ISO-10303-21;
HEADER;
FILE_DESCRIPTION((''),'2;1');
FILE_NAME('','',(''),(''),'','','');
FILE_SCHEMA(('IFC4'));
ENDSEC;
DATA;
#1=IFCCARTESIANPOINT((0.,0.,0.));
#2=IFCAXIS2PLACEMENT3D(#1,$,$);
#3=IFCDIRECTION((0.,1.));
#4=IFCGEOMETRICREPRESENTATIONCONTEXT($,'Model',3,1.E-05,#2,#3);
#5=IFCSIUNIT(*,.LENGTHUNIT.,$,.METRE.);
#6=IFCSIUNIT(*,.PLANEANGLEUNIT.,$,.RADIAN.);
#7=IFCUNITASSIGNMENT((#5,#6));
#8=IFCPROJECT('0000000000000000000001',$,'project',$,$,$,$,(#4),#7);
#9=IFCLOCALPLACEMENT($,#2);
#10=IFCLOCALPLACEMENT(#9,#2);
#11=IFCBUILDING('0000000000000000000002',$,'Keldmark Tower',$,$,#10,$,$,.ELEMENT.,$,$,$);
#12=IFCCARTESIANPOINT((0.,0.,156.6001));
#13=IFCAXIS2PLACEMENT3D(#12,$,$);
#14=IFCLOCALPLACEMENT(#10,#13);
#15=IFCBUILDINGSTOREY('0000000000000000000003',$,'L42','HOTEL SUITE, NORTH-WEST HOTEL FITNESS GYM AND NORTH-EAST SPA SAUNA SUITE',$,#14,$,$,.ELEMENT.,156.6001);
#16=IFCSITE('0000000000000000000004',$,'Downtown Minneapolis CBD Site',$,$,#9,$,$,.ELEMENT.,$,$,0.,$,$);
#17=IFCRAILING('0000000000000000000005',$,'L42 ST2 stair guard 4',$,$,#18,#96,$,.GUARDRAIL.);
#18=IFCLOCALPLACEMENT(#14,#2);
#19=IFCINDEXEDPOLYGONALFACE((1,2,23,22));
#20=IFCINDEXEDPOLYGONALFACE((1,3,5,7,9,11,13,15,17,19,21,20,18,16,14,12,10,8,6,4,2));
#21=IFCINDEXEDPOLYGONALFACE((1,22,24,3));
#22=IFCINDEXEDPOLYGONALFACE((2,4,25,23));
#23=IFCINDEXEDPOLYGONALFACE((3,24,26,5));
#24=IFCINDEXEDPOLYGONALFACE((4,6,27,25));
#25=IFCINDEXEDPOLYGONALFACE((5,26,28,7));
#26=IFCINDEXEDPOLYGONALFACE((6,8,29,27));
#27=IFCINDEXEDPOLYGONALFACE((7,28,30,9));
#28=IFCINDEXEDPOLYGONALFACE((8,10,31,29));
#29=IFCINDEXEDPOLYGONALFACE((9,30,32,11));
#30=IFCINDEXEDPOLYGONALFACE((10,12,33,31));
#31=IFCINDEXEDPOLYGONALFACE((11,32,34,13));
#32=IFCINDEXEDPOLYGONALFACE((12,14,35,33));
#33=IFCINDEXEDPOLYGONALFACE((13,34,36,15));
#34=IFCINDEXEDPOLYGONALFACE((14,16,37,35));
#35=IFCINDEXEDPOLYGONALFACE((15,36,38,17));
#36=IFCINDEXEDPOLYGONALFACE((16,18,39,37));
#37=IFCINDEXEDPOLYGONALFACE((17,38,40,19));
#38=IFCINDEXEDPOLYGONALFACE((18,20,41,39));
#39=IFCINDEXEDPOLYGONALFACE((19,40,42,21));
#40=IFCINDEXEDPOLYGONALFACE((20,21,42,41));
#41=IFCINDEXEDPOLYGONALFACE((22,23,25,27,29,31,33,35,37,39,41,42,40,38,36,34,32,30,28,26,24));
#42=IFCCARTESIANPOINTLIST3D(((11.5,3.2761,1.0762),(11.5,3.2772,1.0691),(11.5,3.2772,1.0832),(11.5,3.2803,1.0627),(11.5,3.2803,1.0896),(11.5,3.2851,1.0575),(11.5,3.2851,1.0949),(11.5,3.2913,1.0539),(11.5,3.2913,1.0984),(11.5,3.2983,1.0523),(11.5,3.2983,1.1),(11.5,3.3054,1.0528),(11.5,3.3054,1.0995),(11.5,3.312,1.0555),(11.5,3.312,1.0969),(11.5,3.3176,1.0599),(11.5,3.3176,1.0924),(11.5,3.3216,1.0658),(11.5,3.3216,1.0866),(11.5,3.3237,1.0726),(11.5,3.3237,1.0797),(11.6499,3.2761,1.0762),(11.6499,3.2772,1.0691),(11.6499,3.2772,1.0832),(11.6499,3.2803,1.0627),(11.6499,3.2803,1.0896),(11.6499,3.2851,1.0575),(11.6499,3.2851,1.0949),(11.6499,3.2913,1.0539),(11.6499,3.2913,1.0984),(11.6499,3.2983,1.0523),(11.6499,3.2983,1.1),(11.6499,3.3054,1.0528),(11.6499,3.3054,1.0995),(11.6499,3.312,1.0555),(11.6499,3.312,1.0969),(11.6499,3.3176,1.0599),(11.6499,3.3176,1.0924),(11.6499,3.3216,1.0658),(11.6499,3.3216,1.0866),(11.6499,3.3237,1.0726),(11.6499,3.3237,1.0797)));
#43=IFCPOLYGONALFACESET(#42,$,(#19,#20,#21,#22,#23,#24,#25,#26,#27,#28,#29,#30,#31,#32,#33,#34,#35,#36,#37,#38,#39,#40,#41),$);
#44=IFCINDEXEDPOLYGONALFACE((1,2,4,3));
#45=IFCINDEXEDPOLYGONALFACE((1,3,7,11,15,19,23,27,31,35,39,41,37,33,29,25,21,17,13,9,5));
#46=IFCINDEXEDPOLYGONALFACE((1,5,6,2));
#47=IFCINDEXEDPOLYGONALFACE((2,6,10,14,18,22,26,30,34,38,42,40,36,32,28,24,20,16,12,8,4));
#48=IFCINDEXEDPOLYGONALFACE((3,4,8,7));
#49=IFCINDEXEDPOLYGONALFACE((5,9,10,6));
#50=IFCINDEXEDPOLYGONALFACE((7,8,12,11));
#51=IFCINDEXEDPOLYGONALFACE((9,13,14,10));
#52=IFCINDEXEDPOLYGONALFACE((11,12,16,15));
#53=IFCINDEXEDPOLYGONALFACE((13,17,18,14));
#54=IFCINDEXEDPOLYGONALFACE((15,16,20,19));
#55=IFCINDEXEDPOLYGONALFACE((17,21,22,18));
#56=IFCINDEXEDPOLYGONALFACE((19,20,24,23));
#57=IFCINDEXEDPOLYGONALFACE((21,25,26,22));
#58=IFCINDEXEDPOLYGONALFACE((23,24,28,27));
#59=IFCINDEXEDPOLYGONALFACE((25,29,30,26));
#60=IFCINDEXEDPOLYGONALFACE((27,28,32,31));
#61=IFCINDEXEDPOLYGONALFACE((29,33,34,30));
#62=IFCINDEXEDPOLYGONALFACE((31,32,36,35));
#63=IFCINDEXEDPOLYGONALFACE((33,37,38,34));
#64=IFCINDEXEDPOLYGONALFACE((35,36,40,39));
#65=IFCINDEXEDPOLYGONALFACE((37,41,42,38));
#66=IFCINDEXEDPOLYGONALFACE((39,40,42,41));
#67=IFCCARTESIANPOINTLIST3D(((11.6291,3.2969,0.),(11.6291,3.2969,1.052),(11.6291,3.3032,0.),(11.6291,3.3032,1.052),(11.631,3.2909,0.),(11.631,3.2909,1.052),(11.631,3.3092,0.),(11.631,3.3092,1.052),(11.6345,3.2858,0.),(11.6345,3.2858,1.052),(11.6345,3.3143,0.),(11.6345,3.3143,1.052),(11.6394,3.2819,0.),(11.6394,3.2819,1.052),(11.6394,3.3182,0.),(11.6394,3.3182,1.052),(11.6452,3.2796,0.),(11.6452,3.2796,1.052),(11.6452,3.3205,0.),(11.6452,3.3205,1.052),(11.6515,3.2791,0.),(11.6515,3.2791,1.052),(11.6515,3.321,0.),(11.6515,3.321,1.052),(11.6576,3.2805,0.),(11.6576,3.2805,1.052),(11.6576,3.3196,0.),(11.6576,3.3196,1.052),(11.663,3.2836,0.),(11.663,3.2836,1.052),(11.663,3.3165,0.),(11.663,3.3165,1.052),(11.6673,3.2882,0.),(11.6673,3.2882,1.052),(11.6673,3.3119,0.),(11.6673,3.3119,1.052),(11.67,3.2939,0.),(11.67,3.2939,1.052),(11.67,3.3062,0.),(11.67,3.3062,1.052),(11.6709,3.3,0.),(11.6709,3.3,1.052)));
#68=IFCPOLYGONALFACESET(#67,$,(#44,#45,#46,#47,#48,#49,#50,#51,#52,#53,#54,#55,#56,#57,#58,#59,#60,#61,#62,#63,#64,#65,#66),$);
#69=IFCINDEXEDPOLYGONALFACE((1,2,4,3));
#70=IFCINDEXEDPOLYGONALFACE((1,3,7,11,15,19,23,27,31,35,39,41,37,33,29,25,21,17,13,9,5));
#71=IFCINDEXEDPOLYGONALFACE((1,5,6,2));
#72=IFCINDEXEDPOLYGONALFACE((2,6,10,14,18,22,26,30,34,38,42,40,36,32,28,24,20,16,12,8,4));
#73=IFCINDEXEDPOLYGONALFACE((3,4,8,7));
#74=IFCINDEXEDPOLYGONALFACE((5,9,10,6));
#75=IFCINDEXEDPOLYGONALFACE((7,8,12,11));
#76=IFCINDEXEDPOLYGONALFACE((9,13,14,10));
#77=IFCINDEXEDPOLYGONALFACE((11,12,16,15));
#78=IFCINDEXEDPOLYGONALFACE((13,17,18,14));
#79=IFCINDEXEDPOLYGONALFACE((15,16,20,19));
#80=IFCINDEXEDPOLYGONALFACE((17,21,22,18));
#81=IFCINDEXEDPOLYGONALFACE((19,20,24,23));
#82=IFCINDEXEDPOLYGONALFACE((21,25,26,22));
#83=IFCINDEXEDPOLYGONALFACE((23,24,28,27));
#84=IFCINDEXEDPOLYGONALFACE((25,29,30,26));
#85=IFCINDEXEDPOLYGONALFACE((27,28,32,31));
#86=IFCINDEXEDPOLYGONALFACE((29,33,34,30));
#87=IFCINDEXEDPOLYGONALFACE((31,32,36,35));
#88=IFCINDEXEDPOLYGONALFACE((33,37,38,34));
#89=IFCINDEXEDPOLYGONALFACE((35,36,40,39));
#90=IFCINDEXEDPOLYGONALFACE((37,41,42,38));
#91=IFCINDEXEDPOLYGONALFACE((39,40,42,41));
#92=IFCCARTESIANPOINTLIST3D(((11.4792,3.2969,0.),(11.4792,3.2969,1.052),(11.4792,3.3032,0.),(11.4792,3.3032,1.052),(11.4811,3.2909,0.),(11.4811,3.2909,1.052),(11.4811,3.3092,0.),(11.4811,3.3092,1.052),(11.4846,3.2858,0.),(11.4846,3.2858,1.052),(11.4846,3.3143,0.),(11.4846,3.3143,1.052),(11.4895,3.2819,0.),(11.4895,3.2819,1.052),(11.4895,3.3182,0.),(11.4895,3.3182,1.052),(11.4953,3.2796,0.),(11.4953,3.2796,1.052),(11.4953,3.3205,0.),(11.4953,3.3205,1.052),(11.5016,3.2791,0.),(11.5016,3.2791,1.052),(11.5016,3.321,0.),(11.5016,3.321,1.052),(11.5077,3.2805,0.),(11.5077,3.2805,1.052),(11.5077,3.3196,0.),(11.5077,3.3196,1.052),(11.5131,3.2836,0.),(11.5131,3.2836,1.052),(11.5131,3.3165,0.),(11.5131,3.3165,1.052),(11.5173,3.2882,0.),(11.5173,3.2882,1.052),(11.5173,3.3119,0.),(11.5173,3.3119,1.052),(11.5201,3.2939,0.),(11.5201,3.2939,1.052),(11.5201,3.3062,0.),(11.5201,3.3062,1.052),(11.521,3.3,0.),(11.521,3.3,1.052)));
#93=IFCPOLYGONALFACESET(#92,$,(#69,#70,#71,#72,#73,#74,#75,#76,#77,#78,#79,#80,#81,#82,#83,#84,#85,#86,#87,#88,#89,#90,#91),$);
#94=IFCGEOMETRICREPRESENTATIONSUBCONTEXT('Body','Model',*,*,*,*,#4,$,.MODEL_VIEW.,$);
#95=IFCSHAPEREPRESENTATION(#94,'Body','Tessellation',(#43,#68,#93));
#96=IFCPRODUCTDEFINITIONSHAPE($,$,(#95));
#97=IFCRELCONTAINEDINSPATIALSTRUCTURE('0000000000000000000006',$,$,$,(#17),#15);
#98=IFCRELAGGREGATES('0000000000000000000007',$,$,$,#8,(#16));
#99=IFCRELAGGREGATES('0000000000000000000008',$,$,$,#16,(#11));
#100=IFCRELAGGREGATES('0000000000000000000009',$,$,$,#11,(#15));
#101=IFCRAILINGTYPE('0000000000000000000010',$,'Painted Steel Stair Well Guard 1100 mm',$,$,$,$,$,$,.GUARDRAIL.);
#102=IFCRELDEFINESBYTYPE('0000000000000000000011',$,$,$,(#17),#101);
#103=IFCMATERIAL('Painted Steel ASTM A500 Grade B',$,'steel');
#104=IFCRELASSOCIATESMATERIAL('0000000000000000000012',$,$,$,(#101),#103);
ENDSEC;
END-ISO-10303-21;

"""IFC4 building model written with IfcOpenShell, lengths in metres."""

from ifc_helpers import new_model, si_unit, direction, frame, origin, origin_2d, place, context, subcontext, project, spatial, circle, extrude, material, type_object, element, save


model = new_model("IFC4")

# Units and contexts
model_context = context("Model", 3, precision=1e-05, world=origin(), true_north=direction((0.0, 1.0)))
body_context = subcontext(model_context, "Body", "Model", "MODEL_VIEW")
ifc_project = project(units=[si_unit("LENGTHUNIT", "METRE"), si_unit("PLANEANGLEUNIT", "RADIAN")], contexts=[model_context])

# Site, building, storey
site_placement = place(None, origin())
site = spatial("IfcSite", under=ifc_project, at=site_placement, Name="Downtown Minneapolis CBD Site", CompositionType="ELEMENT", RefElevation=0.0)
building_placement = place(site_placement, origin())
building = spatial("IfcBuilding", under=site, at=building_placement, Name="Keldmark Tower", CompositionType="ELEMENT")
storey_placement = place(building_placement, frame((0.0, 0.0, 156.6001)))
storey = spatial("IfcBuildingStorey", under=building, at=storey_placement, Name="L42", Description="HOTEL SUITE, NORTH-WEST HOTEL FITNESS GYM AND NORTH-EAST SPA SAUNA SUITE", CompositionType="ELEMENT", Elevation=156.6001)

# Railing
ifc_material_1 = material(Name="Painted Steel ASTM A500 Grade B", Category="steel")
railing_type_1 = type_object("IfcRailingType", Name="Painted Steel Stair Well Guard 1100 mm", PredefinedType="GUARDRAIL", material=ifc_material_1)
railing_1_placement = place(storey_placement, frame((11.6499, 3.3, 0.0)))
element("IfcRailing", 1, at=railing_1_placement, inside=storey, type_object=railing_type_1, Name="L42 ST2 stair guard 4", PredefinedType="GUARDRAIL", context=body_context, shape_type="SweptSolid", body=[
    extrude(circle(Radius=0.0239, at=origin_2d()), frame((0.0, 0.0, 1.0762), z_axis=(-1.0, 0.0, 0.0), x_axis=(0.0, -1.0, 0.0)), (0.0, 0.0, 1.0), 0.1499),
    extrude(circle(Radius=0.021, at=origin_2d()), origin(), (0.0, 0.0, 1.0), 1.052),
    extrude(circle(Radius=0.021, at=origin_2d()), frame((-0.1499, 0.0, 0.0)), (0.0, 0.0, 1.0), 1.052),
])

save(model, "model.ifc")
